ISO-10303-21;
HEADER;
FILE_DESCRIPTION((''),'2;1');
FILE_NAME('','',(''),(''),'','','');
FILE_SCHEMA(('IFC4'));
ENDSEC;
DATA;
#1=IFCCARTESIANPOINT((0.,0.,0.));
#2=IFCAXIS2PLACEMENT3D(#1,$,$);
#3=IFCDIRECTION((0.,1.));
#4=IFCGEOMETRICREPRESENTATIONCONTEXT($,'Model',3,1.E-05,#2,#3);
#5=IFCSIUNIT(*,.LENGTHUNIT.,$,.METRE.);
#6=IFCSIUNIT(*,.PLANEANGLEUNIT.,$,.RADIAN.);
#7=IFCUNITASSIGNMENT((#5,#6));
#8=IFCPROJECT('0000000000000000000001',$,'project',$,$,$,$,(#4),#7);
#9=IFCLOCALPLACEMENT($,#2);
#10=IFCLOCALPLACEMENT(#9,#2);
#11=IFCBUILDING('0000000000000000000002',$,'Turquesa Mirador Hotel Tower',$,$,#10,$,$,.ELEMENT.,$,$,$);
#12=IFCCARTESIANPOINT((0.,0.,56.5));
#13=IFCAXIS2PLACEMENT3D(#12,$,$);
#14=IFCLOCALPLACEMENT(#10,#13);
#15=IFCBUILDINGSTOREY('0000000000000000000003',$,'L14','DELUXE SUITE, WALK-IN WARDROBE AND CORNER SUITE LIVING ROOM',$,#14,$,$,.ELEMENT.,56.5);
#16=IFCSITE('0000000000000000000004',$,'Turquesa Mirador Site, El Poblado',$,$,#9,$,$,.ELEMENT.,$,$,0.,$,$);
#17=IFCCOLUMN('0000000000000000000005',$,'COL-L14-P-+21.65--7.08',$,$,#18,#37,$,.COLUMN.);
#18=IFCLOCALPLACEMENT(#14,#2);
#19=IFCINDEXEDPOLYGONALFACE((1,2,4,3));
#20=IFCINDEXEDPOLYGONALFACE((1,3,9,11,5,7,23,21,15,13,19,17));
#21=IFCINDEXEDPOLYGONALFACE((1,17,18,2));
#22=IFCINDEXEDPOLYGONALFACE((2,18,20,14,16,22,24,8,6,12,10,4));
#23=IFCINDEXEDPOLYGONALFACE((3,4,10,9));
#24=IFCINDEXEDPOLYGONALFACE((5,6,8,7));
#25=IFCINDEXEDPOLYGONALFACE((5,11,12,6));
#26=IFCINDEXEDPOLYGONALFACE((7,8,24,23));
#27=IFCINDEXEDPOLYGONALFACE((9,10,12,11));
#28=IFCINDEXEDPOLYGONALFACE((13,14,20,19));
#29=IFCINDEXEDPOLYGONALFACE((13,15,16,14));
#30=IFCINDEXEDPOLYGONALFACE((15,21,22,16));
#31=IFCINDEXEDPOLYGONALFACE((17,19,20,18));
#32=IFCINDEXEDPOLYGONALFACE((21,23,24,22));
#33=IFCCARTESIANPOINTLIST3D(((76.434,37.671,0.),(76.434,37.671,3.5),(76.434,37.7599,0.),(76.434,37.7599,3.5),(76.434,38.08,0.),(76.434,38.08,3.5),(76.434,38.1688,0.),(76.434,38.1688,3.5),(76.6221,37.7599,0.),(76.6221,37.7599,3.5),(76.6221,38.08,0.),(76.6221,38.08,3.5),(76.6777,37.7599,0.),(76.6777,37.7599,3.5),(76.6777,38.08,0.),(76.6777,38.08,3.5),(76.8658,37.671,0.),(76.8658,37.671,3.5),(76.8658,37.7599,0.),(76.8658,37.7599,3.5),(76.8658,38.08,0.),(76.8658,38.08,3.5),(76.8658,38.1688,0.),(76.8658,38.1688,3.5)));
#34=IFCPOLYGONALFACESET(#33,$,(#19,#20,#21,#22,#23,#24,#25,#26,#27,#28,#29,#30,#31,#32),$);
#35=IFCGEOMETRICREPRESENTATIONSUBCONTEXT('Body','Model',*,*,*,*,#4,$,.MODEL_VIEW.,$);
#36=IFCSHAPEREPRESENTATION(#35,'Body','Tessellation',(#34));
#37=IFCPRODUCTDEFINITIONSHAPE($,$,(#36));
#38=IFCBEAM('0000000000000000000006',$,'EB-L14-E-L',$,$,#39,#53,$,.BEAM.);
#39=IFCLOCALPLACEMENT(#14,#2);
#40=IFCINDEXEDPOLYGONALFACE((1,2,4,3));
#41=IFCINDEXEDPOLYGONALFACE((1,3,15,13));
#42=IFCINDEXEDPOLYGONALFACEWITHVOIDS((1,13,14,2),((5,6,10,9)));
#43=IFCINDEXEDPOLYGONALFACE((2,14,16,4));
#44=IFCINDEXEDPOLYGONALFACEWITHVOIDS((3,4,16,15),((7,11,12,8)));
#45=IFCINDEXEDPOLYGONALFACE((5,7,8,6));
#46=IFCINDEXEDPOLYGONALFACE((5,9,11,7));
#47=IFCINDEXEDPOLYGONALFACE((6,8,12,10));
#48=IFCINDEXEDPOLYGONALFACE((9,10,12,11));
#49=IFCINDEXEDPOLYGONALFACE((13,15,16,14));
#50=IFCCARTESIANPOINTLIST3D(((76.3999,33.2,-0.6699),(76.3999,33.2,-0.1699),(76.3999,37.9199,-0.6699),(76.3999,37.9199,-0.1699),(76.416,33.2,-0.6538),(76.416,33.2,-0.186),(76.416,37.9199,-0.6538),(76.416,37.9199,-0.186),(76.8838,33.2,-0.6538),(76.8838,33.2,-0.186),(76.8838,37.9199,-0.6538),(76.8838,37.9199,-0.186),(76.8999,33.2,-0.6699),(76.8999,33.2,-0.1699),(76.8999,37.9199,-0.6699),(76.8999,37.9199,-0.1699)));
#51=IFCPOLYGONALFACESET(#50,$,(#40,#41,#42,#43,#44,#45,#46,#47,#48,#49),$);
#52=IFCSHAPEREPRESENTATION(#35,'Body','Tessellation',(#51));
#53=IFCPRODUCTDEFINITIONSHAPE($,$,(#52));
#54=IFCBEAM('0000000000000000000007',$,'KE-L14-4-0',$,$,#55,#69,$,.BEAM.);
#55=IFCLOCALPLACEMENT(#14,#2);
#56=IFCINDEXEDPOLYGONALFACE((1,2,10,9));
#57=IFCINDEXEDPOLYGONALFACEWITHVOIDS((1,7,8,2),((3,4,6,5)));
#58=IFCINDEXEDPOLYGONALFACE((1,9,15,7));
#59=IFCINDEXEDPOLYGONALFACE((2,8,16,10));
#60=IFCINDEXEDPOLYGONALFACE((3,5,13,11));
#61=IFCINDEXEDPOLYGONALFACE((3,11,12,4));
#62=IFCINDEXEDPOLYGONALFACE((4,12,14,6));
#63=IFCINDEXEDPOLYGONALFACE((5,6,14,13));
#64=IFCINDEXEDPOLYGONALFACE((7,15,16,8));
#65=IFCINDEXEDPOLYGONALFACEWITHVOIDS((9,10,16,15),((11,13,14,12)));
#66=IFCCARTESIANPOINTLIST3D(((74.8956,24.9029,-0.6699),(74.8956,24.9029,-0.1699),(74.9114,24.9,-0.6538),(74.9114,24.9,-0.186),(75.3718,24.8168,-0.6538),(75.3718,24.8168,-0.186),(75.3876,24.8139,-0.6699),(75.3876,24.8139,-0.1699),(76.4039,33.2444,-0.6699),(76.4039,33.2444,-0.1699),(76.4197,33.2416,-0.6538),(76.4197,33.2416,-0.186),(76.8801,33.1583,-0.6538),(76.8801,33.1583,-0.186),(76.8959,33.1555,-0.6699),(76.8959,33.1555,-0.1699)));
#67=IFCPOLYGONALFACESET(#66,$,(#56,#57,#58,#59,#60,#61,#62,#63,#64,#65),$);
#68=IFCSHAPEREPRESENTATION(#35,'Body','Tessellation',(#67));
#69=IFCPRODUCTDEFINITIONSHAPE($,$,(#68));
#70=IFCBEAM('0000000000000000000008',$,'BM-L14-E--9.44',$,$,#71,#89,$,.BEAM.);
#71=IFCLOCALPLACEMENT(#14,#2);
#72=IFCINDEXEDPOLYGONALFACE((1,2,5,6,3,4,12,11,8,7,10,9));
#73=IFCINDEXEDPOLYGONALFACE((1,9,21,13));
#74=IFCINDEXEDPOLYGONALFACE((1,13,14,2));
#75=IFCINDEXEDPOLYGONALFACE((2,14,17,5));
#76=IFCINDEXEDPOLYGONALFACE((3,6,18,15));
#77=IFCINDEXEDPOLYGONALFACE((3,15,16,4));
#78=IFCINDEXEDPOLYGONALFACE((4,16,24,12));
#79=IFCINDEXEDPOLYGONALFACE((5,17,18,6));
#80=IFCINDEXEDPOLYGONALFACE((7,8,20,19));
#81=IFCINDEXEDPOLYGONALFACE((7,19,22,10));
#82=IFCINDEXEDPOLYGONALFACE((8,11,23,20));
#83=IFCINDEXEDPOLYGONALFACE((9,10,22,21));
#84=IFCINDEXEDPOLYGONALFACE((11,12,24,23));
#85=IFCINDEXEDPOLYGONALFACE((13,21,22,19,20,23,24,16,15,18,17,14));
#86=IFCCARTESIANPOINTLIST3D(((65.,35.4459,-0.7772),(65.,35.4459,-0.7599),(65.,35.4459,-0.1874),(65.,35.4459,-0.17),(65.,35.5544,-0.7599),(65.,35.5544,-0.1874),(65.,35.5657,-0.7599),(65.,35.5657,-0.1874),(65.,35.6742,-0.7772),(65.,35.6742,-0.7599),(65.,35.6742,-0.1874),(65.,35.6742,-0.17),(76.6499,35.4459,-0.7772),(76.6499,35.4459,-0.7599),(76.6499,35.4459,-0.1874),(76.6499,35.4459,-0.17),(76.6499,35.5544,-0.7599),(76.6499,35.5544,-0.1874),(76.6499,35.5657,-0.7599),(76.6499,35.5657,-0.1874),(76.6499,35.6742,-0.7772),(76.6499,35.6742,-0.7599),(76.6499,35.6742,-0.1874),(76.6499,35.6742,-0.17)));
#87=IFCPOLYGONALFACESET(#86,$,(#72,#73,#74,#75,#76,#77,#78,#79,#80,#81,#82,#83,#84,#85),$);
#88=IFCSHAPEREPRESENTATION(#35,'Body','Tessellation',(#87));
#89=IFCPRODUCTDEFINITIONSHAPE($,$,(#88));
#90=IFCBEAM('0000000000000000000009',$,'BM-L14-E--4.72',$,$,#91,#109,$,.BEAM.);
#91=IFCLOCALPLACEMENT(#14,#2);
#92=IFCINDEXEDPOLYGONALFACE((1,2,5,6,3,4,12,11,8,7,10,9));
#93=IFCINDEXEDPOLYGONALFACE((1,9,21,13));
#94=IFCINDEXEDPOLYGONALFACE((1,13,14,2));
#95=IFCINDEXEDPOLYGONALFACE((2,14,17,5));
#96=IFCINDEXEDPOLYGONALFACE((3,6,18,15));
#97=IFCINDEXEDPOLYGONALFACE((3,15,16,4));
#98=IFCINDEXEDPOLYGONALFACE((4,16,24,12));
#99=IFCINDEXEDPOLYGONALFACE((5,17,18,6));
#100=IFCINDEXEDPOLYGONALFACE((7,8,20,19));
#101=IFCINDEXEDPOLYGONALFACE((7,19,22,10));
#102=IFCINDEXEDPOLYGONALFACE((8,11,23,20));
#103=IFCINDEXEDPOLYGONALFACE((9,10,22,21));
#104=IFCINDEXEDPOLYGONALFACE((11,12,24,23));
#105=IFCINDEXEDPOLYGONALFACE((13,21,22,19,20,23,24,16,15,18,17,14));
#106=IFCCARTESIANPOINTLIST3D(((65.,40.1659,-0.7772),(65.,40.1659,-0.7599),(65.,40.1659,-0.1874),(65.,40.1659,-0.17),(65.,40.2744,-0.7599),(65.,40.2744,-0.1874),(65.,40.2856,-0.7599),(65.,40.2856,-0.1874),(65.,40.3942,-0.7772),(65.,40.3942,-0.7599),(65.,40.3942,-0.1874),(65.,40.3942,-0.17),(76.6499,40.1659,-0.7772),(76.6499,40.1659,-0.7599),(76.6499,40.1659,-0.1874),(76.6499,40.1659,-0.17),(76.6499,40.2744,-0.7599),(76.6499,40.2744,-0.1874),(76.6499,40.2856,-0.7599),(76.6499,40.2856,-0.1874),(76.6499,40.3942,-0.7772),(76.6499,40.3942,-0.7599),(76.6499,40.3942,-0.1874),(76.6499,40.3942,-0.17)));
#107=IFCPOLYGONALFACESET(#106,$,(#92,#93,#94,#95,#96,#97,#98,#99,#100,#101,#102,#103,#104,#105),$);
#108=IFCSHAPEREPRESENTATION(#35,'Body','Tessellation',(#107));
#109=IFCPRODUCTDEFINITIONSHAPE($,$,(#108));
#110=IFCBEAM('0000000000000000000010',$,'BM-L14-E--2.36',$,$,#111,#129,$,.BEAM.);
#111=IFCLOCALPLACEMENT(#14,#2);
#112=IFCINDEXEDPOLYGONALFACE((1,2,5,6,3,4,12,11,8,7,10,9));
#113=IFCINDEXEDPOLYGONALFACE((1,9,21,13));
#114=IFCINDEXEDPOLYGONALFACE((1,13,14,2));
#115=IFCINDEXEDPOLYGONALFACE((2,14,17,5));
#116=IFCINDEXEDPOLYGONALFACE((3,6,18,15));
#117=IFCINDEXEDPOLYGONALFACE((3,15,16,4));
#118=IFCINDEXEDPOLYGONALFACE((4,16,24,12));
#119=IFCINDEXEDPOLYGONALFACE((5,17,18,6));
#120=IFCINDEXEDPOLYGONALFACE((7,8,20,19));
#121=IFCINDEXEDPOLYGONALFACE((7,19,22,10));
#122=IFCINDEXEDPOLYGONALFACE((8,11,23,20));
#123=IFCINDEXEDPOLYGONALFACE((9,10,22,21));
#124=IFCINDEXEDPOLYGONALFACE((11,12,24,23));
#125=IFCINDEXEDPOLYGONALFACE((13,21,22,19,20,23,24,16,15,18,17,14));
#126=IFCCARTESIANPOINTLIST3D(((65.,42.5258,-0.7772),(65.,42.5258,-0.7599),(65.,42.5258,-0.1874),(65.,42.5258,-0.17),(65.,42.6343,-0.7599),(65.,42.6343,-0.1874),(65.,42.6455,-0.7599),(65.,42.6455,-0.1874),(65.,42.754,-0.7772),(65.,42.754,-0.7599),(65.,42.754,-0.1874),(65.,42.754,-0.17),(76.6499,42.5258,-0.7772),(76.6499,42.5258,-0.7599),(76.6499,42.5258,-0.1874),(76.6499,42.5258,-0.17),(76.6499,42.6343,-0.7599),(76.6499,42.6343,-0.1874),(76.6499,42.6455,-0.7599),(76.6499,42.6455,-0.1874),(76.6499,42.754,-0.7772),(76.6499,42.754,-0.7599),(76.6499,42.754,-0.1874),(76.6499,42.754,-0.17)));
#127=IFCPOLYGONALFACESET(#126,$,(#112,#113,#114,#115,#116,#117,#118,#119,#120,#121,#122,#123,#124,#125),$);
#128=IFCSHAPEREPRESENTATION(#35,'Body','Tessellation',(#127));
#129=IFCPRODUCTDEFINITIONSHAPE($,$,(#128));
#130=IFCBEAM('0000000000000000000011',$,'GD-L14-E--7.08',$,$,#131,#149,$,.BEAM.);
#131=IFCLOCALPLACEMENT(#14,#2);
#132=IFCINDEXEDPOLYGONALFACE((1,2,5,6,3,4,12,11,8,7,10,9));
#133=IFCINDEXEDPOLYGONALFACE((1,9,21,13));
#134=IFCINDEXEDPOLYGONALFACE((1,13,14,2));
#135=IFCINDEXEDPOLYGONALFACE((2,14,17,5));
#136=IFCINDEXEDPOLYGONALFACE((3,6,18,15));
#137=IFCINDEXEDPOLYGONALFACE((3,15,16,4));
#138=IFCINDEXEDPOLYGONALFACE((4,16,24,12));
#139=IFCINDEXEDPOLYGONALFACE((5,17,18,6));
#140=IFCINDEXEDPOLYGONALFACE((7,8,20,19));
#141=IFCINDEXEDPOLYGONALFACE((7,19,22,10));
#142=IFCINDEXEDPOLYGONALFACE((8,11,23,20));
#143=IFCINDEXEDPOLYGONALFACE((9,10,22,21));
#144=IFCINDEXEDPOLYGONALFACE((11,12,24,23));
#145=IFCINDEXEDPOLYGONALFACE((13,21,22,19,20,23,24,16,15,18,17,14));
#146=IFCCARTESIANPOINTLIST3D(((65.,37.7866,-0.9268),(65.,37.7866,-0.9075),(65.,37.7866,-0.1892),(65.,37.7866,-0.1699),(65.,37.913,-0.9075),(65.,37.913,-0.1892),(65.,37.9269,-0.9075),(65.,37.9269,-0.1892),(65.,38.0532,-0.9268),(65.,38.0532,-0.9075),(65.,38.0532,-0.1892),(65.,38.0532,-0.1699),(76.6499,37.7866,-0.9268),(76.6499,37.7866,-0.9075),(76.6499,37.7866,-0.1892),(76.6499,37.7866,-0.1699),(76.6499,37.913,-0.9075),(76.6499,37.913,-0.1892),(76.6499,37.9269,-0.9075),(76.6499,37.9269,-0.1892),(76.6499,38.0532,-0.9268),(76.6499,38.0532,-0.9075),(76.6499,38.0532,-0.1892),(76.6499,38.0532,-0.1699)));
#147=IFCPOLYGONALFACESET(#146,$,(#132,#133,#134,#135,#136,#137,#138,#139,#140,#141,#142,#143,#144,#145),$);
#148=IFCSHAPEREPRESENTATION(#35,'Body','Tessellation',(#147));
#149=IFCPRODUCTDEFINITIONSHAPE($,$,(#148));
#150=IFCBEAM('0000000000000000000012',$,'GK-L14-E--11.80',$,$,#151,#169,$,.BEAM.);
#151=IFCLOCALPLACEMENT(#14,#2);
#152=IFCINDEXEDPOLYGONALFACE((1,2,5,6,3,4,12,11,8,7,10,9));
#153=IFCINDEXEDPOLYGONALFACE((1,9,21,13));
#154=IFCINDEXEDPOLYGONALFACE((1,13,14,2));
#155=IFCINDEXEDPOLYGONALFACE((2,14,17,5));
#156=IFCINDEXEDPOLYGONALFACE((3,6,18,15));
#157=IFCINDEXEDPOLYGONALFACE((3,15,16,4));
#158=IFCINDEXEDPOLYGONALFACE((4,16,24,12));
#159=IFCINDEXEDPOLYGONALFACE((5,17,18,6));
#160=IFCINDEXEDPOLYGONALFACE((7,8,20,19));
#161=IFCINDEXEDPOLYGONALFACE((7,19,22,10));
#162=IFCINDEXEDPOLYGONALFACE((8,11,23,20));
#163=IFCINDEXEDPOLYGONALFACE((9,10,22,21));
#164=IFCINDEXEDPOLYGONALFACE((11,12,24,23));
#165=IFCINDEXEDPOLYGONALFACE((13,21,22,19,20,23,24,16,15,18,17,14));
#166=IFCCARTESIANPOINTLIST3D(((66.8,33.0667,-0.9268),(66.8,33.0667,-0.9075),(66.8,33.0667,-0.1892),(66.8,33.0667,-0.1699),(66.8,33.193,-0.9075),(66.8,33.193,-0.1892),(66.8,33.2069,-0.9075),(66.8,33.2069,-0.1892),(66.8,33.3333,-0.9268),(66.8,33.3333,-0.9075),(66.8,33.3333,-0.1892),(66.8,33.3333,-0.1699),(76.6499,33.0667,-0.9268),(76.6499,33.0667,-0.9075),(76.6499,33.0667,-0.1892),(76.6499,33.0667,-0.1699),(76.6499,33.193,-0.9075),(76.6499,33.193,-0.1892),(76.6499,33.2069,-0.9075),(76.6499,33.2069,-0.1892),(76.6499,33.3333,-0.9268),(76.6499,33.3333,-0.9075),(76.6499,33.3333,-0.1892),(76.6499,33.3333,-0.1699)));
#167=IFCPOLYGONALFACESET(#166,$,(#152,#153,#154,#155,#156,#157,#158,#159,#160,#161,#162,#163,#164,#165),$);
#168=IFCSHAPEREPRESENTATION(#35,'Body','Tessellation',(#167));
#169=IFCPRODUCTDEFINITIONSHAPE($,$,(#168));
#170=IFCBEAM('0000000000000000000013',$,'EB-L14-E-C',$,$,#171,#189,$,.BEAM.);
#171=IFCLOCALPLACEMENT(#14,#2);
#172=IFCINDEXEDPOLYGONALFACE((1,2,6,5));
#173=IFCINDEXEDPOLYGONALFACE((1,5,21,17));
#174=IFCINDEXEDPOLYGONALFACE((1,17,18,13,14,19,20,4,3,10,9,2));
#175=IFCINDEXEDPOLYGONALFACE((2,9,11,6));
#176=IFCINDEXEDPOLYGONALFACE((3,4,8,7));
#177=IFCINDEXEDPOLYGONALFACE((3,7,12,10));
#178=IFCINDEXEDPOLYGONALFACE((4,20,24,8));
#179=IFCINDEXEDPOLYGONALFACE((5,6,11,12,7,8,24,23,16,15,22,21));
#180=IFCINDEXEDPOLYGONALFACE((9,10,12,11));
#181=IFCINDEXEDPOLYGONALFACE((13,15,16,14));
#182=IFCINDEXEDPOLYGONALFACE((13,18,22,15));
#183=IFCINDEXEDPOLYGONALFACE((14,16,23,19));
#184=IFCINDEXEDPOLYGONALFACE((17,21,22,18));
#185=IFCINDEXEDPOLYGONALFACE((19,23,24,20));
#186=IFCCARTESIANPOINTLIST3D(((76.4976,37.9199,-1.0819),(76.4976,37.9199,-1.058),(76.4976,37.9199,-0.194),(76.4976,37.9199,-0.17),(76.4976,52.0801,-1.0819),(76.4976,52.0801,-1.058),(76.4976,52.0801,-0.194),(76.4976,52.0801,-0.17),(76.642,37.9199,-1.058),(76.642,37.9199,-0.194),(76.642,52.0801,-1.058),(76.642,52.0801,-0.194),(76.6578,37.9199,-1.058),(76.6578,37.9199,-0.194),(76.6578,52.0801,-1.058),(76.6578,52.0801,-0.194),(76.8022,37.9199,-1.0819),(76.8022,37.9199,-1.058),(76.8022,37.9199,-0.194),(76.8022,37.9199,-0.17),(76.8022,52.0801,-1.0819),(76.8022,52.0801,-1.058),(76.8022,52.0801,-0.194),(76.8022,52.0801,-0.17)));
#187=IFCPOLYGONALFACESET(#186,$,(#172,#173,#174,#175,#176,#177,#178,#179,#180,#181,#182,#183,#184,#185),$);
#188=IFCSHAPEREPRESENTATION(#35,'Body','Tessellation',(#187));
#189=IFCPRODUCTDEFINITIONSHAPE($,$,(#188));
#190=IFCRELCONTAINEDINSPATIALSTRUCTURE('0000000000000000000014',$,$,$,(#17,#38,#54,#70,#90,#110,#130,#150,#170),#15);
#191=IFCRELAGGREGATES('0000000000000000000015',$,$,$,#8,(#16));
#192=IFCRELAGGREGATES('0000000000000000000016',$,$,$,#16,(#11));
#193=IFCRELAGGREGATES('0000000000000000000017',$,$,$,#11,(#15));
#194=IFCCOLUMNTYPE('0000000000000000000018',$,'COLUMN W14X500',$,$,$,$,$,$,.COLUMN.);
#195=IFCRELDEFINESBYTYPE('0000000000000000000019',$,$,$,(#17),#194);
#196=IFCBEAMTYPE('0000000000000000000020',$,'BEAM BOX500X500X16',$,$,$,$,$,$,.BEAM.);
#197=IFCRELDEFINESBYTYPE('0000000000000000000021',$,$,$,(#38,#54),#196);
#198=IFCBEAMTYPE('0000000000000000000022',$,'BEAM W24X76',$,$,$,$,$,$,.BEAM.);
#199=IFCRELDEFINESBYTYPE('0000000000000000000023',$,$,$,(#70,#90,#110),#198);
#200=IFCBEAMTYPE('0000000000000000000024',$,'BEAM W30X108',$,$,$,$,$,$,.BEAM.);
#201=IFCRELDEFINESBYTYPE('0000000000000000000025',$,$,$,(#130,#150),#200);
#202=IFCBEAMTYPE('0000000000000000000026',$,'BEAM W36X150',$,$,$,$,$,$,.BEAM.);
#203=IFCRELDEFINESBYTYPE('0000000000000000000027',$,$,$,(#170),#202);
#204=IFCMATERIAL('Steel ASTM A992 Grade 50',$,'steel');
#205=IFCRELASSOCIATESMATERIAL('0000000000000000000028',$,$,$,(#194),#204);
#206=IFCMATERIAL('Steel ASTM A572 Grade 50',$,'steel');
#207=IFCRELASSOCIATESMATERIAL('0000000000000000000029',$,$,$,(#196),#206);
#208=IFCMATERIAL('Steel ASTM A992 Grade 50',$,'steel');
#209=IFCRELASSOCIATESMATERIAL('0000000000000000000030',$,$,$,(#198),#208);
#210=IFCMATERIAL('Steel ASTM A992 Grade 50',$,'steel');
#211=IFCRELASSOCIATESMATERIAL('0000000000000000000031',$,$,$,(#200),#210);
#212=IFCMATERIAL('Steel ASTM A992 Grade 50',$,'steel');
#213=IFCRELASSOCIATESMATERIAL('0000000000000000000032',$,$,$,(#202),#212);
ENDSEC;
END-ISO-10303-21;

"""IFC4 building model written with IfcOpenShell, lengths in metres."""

from ifc_helpers import new_model, si_unit, direction, frame, origin, origin_2d, place, context, subcontext, project, spatial, hollow_rectangle, i_section, extrude, material, material_profile, profile_set, type_object, element, save


model = new_model("IFC4")

# Units and contexts
model_context = context("Model", 3, precision=1e-05, world=origin(), true_north=direction((0.0, 1.0)))
body_context = subcontext(model_context, "Body", "Model", "MODEL_VIEW")
ifc_project = project(units=[si_unit("LENGTHUNIT", "METRE"), si_unit("PLANEANGLEUNIT", "RADIAN")], contexts=[model_context])

# Site, building, storey
site_placement = place(None, origin())
site = spatial("IfcSite", under=ifc_project, at=site_placement, Name="Turquesa Mirador Site, El Poblado", CompositionType="ELEMENT", RefElevation=0.0)
building_placement = place(site_placement, origin())
building = spatial("IfcBuilding", under=site, at=building_placement, Name="Turquesa Mirador Hotel Tower", CompositionType="ELEMENT")
storey_placement = place(building_placement, frame((0.0, 0.0, 56.5)))
storey = spatial("IfcBuildingStorey", under=building, at=storey_placement, Name="L14", Description="DELUXE SUITE, WALK-IN WARDROBE AND CORNER SUITE LIVING ROOM", CompositionType="ELEMENT", Elevation=56.5)

# Column
ifc_material_1 = material(Name="Steel ASTM A992 Grade 50", Category="steel")
ifc_material_profile_1 = material_profile(ifc_material_1, i_section(OverallWidth=0.4319, OverallDepth=0.4978, WebThickness=0.0557, FlangeThickness=0.0889, at=origin_2d()), Name="W14X500")
ifc_profile_set_1 = profile_set([ifc_material_profile_1], Name="Steel ASTM A992 Grade 50")
column_type = type_object("IfcColumnType", Name="COLUMN W14X500", PredefinedType="COLUMN", material=ifc_profile_set_1)
column_placement = place(storey_placement, frame((76.6499, 37.9199, 0.0), z_axis=(0.0, 0.0, 1.0), x_axis=(1.0, 0.0, 0.0)))
element("IfcColumn", 1, at=column_placement, inside=storey, type_object=column_type, Name="COL-L14-P-+21.65--7.08", PredefinedType="COLUMN", context=body_context, shape_type="SweptSolid", body=[
    extrude(i_section(OverallWidth=0.4319, OverallDepth=0.4978, WebThickness=0.0557, FlangeThickness=0.0889, at=origin_2d()), origin(), (0.0, 0.0, 1.0), 3.5),
])

# Beams
ifc_material_2 = material(Name="Steel ASTM A572 Grade 50", Category="steel")
ifc_material_profile_2 = material_profile(ifc_material_2, hollow_rectangle(XDim=0.5, YDim=0.5, WallThickness=0.0161, at=origin_2d()), Name="BOX500X500X16")
ifc_profile_set_2 = profile_set([ifc_material_profile_2], Name="Steel ASTM A572 Grade 50")
beam_type_1 = type_object("IfcBeamType", Name="BEAM BOX500X500X16", PredefinedType="BEAM", material=ifc_profile_set_2)
beam_1_placement = place(storey_placement, frame((76.6499, 33.2, -0.4199), z_axis=(0.0, 1.0, 0.0), x_axis=(-1.0, 0.0, 0.0)))
element("IfcBeam", 2, at=beam_1_placement, inside=storey, type_object=beam_type_1, Name="EB-L14-E-L", PredefinedType="BEAM", context=body_context, shape_type="SweptSolid", body=[
    extrude(hollow_rectangle(XDim=0.5, YDim=0.5, WallThickness=0.0161, at=origin_2d()), origin(), (0.0, 0.0, 1.0), 4.72),
])
beam_2_placement = place(storey_placement, frame((76.6499, 33.2, -0.4199), z_axis=(-0.177932, -0.984043, 0.0), x_axis=(0.984043, -0.177932, 0.0)))
element("IfcBeam", 3, at=beam_2_placement, inside=storey, type_object=beam_type_1, Name="KE-L14-4-0", PredefinedType="BEAM", context=body_context, shape_type="SweptSolid", body=[
    extrude(hollow_rectangle(XDim=0.5, YDim=0.5, WallThickness=0.0161, at=origin_2d()), origin(), (0.0, 0.0, 1.0), 8.4768),
])
ifc_material_3 = material(Name="Steel ASTM A992 Grade 50", Category="steel")
ifc_material_profile_3 = material_profile(ifc_material_3, i_section(OverallWidth=0.2283, OverallDepth=0.6072, WebThickness=0.0112, FlangeThickness=0.0173, at=origin_2d()), Name="W24X76")
ifc_profile_set_3 = profile_set([ifc_material_profile_3], Name="Steel ASTM A992 Grade 50")
beam_type_2 = type_object("IfcBeamType", Name="BEAM W24X76", PredefinedType="BEAM", material=ifc_profile_set_3)
for number, where, z_axis, x_axis, name in (
    (4, (76.6499, 35.5601, -0.4736), (-1.0, 0.0, 0.0), (0.0, -1.0, 0.0), "BM-L14-E--9.44"),
    (5, (76.6499, 40.28, -0.4736), (-1.0, 0.0, 0.0), (0.0, -1.0, 0.0), "BM-L14-E--4.72"),
    (6, (76.6499, 42.6399, -0.4736), (-1.0, 0.0, 0.0), (0.0, -1.0, 0.0), "BM-L14-E--2.36"),
):
    element("IfcBeam", number, at=place(storey_placement, frame(where, z_axis=z_axis, x_axis=x_axis)), inside=storey, type_object=beam_type_2, Name=name, PredefinedType="BEAM", context=body_context, shape_type="SweptSolid", body=[
        extrude(i_section(OverallWidth=0.2283, OverallDepth=0.6072, WebThickness=0.0112, FlangeThickness=0.0173, at=origin_2d()), origin(), (0.0, 0.0, 1.0), 11.6499),
    ])
ifc_material_4 = material(Name="Steel ASTM A992 Grade 50", Category="steel")
ifc_material_profile_4 = material_profile(ifc_material_4, i_section(OverallWidth=0.2666, OverallDepth=0.7568, WebThickness=0.0139, FlangeThickness=0.0193, at=origin_2d()), Name="W30X108")
ifc_profile_set_4 = profile_set([ifc_material_profile_4], Name="Steel ASTM A992 Grade 50")
beam_type_3 = type_object("IfcBeamType", Name="BEAM W30X108", PredefinedType="BEAM", material=ifc_profile_set_4)
beam_3_placement = place(storey_placement, frame((76.6499, 37.9199, -0.5483), z_axis=(-1.0, 0.0, 0.0), x_axis=(0.0, -1.0, 0.0)))
element("IfcBeam", 7, at=beam_3_placement, inside=storey, type_object=beam_type_3, Name="GD-L14-E--7.08", PredefinedType="BEAM", context=body_context, shape_type="SweptSolid", body=[
    extrude(i_section(OverallWidth=0.2666, OverallDepth=0.7568, WebThickness=0.0139, FlangeThickness=0.0193, at=origin_2d()), origin(), (0.0, 0.0, 1.0), 11.6499),
])
beam_4_placement = place(storey_placement, frame((76.6499, 33.2, -0.5483), z_axis=(-1.0, 0.0, 0.0), x_axis=(0.0, -1.0, 0.0)))
element("IfcBeam", 8, at=beam_4_placement, inside=storey, type_object=beam_type_3, Name="GK-L14-E--11.80", PredefinedType="BEAM", context=body_context, shape_type="SweptSolid", body=[
    extrude(i_section(OverallWidth=0.2666, OverallDepth=0.7568, WebThickness=0.0139, FlangeThickness=0.0193, at=origin_2d()), origin(), (0.0, 0.0, 1.0), 9.8499),
])
ifc_material_5 = material(Name="Steel ASTM A992 Grade 50", Category="steel")
ifc_material_profile_5 = material_profile(ifc_material_5, i_section(OverallWidth=0.3047, OverallDepth=0.9119, WebThickness=0.0159, FlangeThickness=0.0239, at=origin_2d()), Name="W36X150")
ifc_profile_set_5 = profile_set([ifc_material_profile_5], Name="Steel ASTM A992 Grade 50")
beam_type_4 = type_object("IfcBeamType", Name="BEAM W36X150", PredefinedType="BEAM", material=ifc_profile_set_5)
beam_5_placement = place(storey_placement, frame((76.6499, 37.9199, -0.626), z_axis=(0.0, 1.0, 0.0), x_axis=(-1.0, 0.0, 0.0)))
element("IfcBeam", 9, at=beam_5_placement, inside=storey, type_object=beam_type_4, Name="EB-L14-E-C", PredefinedType="BEAM", context=body_context, shape_type="SweptSolid", body=[
    extrude(i_section(OverallWidth=0.3047, OverallDepth=0.9119, WebThickness=0.0159, FlangeThickness=0.0239, at=origin_2d()), origin(), (0.0, 0.0, 1.0), 14.1602),
])

save(model, "model.ifc")
